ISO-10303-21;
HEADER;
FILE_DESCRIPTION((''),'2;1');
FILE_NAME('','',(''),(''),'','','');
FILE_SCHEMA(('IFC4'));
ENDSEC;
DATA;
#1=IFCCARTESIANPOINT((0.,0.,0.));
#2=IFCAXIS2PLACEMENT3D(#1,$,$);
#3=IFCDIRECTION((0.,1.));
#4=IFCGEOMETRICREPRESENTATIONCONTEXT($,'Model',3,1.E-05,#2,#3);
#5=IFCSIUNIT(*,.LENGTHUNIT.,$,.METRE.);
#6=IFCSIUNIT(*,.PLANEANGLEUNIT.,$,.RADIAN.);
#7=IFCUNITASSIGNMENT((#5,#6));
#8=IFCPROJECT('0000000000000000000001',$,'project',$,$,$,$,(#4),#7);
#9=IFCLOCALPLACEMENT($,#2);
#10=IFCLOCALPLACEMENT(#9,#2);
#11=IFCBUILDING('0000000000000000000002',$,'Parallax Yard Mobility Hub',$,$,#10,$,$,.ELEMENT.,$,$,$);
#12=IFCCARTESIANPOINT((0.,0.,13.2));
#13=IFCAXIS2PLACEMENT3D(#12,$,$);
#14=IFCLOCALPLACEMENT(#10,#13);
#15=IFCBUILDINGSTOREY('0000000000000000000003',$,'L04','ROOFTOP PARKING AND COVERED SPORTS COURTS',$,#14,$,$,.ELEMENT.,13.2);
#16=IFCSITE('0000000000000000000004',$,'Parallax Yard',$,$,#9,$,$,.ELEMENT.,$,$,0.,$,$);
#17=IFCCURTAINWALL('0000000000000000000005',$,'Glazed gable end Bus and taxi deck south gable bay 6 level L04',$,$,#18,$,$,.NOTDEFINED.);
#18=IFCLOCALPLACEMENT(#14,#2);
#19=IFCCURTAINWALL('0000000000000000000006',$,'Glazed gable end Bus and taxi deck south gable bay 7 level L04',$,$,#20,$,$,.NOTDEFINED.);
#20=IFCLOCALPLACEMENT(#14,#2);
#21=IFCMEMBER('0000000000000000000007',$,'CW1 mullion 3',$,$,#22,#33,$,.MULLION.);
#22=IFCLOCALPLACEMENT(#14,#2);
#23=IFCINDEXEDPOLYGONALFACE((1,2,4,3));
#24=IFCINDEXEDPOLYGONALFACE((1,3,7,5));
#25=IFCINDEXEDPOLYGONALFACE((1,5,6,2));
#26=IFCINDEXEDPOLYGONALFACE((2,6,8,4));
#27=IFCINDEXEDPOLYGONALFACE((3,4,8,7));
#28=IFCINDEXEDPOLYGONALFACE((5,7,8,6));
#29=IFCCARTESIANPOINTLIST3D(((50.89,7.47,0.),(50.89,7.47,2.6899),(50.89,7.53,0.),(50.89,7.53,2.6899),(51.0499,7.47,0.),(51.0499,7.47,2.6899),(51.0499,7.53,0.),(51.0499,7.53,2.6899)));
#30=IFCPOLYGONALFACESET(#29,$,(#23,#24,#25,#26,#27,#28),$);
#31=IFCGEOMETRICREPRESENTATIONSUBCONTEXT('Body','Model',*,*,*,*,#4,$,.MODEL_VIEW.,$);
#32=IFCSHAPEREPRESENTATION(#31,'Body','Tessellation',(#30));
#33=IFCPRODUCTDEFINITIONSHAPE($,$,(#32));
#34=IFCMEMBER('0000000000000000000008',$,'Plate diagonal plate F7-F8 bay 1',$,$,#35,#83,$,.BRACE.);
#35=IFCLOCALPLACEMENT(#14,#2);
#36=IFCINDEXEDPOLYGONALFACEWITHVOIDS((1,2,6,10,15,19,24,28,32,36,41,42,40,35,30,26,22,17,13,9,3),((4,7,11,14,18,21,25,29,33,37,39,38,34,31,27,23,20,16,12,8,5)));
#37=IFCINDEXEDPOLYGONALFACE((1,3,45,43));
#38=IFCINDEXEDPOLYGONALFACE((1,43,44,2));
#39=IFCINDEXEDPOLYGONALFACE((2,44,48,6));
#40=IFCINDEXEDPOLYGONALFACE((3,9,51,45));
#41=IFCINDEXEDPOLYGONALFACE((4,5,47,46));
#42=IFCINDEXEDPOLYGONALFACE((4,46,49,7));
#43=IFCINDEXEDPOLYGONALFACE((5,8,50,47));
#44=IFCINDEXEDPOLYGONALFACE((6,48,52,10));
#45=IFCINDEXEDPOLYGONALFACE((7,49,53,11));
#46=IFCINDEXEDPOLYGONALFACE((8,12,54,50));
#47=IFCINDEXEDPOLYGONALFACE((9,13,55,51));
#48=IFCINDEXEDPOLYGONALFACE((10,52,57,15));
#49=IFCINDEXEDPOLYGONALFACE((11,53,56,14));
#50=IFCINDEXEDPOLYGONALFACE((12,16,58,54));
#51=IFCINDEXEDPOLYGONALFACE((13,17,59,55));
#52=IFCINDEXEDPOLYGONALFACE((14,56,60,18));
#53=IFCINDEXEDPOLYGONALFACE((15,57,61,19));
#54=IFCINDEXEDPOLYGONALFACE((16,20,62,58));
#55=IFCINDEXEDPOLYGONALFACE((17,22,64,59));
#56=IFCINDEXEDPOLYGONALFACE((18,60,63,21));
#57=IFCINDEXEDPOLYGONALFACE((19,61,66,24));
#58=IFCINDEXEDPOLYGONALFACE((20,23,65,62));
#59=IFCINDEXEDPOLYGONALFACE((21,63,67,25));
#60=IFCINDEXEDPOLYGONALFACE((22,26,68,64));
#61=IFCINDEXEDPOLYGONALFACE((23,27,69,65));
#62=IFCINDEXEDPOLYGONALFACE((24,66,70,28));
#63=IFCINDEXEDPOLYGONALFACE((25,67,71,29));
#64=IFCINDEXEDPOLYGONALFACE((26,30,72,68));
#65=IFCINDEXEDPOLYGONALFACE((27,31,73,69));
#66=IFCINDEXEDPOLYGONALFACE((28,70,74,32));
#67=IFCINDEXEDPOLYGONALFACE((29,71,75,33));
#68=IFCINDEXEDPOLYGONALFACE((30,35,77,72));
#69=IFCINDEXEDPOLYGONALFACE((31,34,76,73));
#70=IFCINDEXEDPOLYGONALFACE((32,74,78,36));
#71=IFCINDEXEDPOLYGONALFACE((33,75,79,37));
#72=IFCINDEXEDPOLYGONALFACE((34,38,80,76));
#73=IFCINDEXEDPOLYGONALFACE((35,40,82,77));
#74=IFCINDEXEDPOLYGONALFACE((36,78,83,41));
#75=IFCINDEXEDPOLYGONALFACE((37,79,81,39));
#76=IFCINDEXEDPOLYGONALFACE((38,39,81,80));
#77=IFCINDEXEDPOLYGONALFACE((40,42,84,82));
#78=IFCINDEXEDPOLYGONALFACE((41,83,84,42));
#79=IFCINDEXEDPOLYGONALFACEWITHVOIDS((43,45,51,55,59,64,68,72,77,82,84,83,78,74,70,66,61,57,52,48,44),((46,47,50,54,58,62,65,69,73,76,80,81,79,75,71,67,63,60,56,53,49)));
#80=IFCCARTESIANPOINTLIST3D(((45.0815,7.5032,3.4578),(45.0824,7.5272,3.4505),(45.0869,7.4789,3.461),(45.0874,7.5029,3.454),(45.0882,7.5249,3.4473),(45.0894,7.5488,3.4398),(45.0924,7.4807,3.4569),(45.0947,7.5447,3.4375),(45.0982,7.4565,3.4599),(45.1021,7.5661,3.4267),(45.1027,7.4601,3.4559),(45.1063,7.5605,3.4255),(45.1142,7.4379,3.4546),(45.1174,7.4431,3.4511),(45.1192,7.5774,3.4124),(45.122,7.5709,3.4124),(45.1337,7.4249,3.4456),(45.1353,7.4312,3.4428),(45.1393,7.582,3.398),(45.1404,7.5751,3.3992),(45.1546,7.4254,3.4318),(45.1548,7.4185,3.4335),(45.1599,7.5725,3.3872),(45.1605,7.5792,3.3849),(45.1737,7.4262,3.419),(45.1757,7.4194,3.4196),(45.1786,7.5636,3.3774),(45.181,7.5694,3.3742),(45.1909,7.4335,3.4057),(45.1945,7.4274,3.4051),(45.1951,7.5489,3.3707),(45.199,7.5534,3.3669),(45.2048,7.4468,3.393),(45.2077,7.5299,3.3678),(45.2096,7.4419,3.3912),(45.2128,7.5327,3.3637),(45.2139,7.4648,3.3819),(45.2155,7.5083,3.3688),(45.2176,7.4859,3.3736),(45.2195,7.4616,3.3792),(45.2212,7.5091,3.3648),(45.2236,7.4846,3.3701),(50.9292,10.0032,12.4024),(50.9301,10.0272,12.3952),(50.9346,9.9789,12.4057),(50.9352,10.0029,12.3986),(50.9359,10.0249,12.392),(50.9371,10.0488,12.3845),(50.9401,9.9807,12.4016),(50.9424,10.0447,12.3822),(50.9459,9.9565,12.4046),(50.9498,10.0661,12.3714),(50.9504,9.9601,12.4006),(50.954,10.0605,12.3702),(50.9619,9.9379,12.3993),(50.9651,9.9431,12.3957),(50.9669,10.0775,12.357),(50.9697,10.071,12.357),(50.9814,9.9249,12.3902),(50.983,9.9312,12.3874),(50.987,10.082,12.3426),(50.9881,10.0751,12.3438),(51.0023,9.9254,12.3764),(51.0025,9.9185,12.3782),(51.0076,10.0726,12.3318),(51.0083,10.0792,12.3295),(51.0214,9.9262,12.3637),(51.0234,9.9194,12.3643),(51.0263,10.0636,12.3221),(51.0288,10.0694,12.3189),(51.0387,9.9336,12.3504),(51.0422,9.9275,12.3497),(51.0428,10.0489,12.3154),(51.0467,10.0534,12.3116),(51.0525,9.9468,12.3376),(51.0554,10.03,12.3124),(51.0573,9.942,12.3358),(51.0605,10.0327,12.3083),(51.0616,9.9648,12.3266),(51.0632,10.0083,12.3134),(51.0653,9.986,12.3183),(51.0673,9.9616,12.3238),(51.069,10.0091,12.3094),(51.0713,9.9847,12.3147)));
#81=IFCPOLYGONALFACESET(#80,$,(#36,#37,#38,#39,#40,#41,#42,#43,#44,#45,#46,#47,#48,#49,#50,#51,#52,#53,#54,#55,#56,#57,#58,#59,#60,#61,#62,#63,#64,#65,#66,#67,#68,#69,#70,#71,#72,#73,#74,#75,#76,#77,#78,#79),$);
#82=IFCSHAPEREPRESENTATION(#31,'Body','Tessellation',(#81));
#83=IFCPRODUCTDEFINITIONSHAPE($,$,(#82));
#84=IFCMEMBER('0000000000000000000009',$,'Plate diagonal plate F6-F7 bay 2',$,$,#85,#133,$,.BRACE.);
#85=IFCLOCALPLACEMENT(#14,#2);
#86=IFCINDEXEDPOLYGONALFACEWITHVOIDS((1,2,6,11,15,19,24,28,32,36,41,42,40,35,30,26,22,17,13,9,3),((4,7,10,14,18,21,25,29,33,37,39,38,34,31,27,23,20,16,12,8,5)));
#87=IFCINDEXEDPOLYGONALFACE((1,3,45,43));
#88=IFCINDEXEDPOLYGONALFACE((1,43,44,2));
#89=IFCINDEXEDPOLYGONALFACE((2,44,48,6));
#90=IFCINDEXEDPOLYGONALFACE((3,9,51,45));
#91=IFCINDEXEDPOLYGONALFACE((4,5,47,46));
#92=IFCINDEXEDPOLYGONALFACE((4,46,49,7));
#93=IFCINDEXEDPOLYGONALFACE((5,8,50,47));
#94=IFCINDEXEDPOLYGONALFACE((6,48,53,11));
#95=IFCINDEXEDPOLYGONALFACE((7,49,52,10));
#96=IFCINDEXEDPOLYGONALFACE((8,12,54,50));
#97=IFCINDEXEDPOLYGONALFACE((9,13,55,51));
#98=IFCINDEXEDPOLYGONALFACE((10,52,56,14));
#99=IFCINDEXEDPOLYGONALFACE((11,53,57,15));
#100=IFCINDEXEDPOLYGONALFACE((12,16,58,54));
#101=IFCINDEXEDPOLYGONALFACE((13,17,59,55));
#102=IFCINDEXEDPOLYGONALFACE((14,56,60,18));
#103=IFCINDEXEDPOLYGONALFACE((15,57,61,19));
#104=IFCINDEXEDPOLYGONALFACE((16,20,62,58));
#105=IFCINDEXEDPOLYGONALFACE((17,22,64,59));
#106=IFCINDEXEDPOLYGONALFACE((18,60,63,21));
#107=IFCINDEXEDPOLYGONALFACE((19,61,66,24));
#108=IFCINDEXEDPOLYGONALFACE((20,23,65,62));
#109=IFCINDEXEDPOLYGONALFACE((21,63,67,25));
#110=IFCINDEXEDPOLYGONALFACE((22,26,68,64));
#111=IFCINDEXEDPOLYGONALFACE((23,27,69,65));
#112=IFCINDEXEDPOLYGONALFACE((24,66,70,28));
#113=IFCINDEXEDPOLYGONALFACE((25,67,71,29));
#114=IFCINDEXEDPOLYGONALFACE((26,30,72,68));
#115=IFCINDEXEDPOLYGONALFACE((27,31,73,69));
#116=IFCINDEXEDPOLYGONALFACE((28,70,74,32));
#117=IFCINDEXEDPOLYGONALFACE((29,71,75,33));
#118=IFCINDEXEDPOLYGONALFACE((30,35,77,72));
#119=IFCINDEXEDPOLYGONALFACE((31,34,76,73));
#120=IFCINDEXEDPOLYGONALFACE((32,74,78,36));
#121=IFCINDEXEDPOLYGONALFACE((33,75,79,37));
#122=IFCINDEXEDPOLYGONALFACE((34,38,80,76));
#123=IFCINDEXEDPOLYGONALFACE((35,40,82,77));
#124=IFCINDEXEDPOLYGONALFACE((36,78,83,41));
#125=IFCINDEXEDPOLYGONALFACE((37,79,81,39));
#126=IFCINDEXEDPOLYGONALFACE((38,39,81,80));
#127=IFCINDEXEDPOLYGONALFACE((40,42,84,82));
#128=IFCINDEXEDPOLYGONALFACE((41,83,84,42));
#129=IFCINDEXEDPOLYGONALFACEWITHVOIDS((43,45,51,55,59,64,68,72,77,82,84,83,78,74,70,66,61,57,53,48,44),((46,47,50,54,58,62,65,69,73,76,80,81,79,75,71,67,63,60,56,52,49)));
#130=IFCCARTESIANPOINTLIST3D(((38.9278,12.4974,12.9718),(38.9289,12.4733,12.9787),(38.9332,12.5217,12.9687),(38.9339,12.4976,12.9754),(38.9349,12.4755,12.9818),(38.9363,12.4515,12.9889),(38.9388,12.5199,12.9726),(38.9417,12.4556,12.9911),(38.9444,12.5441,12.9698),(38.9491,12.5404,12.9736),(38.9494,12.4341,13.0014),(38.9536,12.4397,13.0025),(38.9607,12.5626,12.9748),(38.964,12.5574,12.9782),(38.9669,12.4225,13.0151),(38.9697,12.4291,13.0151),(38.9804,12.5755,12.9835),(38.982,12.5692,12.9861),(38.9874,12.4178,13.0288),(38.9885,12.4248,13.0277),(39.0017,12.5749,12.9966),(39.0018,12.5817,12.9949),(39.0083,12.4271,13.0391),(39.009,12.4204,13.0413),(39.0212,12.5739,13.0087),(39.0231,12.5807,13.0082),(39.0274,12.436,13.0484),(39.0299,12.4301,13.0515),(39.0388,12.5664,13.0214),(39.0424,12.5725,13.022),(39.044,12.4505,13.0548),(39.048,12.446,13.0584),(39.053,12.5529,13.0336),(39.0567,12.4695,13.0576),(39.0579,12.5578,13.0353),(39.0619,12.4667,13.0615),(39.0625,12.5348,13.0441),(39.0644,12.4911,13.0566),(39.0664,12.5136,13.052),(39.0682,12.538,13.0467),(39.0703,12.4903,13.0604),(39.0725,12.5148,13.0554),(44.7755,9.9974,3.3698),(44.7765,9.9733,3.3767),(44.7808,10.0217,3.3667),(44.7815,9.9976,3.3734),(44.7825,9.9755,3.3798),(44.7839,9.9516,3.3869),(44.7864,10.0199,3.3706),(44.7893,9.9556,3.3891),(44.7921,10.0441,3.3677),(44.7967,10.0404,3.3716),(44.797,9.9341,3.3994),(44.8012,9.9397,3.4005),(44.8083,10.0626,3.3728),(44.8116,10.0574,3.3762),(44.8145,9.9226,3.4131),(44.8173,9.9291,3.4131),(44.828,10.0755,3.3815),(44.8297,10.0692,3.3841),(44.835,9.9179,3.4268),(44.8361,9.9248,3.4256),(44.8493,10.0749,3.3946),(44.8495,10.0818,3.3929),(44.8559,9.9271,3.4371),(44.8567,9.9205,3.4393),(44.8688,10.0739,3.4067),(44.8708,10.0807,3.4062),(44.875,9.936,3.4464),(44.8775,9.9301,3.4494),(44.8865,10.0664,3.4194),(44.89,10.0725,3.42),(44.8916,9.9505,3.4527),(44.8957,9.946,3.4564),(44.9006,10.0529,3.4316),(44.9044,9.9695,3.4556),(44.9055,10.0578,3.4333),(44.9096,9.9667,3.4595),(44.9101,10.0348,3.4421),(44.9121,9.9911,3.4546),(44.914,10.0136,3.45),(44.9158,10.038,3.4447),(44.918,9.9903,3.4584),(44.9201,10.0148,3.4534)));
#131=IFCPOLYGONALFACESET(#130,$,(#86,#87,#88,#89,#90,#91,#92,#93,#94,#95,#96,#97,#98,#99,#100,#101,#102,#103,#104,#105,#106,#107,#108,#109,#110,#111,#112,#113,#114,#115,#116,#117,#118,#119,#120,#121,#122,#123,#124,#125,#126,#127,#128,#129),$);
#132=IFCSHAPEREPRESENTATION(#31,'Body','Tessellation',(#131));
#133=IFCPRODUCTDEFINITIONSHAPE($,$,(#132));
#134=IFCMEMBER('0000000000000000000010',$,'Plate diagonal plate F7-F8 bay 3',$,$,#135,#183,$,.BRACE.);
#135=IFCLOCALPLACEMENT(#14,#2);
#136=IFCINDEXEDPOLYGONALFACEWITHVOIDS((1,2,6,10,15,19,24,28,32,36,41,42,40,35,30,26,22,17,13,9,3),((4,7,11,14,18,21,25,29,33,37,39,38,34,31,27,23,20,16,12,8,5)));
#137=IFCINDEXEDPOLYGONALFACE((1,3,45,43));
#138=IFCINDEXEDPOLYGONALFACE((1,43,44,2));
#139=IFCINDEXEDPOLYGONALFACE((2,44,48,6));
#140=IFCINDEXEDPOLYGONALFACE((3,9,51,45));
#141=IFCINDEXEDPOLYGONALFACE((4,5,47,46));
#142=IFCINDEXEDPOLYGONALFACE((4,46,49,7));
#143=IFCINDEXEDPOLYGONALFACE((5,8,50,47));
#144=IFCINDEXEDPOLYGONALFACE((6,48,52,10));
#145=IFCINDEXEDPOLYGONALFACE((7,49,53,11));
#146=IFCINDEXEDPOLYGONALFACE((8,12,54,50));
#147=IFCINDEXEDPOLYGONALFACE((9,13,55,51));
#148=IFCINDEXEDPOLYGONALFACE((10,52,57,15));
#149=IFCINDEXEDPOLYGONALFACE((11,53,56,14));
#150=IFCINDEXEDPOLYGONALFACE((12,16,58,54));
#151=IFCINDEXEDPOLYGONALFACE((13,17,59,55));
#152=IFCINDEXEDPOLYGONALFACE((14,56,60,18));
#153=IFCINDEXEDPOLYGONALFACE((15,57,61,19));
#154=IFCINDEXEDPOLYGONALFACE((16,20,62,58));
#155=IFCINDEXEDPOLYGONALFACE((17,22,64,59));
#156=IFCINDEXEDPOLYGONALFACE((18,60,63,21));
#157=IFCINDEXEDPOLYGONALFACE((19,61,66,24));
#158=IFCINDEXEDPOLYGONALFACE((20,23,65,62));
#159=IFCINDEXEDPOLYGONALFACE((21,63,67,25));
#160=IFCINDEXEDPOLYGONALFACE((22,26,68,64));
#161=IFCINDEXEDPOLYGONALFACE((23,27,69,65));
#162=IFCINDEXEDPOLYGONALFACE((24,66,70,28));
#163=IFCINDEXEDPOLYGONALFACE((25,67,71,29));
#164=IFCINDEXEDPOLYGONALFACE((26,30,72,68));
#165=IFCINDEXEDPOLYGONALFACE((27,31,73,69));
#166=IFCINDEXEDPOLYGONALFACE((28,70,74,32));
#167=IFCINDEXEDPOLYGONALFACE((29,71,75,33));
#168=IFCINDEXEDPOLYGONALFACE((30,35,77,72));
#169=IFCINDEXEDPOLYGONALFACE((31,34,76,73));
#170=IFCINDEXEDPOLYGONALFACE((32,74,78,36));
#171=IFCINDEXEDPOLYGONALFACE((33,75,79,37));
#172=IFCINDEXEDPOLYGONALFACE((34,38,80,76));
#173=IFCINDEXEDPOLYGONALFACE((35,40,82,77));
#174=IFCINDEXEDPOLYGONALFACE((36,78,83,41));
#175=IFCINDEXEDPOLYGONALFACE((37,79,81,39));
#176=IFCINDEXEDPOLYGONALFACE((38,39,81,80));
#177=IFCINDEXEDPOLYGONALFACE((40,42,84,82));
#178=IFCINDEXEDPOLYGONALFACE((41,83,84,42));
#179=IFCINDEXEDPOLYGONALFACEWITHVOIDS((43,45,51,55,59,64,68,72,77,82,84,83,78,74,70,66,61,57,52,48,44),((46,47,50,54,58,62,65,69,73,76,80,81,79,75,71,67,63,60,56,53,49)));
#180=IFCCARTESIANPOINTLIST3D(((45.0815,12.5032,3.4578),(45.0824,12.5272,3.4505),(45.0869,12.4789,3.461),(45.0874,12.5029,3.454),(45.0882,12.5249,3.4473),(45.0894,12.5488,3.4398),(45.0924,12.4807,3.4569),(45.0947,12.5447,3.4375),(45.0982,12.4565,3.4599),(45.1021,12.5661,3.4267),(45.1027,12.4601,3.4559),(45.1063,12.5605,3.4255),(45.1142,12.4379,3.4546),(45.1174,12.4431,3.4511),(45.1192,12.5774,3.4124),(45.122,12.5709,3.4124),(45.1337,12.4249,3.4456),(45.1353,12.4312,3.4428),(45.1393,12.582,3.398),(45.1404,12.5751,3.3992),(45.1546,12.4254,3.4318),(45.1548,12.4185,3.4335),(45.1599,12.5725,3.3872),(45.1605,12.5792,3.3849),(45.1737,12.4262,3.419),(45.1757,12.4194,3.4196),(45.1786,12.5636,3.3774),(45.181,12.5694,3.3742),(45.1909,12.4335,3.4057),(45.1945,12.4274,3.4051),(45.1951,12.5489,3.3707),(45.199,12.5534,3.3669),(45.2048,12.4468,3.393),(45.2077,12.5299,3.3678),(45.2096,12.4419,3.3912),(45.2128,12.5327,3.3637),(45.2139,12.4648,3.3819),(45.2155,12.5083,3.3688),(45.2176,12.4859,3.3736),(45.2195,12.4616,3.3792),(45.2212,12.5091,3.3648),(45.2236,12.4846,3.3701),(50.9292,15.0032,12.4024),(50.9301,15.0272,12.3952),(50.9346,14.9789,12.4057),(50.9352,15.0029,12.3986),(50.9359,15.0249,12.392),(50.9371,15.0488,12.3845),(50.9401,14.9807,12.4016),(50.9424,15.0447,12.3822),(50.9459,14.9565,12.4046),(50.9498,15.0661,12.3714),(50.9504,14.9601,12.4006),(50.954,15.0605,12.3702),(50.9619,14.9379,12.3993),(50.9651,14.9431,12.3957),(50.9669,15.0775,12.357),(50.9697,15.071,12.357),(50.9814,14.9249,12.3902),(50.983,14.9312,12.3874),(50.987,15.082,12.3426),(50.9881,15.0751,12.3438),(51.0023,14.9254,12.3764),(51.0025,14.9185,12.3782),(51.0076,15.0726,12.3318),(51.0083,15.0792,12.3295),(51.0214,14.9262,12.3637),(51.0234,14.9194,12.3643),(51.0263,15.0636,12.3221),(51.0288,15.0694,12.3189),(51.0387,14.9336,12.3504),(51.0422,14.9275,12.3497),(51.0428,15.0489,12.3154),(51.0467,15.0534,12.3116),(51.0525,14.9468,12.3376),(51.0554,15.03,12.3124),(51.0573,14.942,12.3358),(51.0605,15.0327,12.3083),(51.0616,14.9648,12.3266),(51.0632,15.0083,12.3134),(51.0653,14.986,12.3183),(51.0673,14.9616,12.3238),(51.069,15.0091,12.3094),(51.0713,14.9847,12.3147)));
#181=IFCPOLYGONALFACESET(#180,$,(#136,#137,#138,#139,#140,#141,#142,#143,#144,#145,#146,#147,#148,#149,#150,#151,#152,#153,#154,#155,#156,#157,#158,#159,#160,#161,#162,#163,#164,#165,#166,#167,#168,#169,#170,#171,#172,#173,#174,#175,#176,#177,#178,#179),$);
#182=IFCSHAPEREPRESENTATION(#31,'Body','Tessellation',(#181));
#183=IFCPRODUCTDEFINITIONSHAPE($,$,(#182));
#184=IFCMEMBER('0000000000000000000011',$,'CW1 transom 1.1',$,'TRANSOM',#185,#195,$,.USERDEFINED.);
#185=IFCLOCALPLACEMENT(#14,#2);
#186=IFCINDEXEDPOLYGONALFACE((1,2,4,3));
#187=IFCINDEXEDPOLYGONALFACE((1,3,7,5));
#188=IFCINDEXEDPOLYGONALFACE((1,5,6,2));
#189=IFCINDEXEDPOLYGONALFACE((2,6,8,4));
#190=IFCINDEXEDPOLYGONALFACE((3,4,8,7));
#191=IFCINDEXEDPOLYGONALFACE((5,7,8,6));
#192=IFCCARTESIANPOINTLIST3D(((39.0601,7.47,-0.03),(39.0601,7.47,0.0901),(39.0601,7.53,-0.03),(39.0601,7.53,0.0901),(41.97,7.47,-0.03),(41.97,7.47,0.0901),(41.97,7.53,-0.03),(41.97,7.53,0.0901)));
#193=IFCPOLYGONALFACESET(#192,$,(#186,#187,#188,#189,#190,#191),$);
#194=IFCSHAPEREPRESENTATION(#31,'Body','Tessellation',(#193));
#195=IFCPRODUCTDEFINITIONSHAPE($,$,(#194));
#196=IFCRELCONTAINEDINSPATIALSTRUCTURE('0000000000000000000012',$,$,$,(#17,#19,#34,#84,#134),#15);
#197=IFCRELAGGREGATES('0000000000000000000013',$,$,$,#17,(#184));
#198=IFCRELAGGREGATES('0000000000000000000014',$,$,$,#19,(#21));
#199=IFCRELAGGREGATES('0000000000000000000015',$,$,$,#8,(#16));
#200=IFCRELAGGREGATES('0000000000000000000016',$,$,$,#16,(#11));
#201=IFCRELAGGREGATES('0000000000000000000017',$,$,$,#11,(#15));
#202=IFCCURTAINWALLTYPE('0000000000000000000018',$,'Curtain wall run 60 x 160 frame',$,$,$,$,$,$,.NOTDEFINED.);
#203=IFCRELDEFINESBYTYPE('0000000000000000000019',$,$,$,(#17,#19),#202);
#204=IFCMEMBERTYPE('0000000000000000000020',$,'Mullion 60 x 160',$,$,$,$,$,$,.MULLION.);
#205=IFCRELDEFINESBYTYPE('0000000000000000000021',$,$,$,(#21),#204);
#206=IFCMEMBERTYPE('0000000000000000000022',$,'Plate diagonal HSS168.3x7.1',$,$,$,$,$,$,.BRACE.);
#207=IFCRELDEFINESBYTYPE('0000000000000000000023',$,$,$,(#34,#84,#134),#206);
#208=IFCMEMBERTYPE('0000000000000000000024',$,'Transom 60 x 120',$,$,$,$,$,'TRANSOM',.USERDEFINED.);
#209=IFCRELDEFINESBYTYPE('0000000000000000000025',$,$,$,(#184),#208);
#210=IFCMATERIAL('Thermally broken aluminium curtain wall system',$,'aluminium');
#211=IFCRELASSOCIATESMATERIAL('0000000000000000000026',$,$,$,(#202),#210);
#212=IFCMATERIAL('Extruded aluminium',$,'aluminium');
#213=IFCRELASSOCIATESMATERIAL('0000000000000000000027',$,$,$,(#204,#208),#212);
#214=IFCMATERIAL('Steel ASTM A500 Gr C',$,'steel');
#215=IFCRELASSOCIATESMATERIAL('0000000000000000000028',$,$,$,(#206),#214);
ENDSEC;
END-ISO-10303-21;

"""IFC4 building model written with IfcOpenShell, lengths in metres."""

from ifc_helpers import new_model, si_unit, direction, frame, origin, origin_2d, place, context, subcontext, project, spatial, rectangle, hollow_circle, extrude, material, material_profile, profile_set, type_object, element, aggregate, save


model = new_model("IFC4")

# Units and contexts
model_context = context("Model", 3, precision=1e-05, world=origin(), true_north=direction((0.0, 1.0)))
body_context = subcontext(model_context, "Body", "Model", "MODEL_VIEW")
ifc_project = project(units=[si_unit("LENGTHUNIT", "METRE"), si_unit("PLANEANGLEUNIT", "RADIAN")], contexts=[model_context])

# Site, building, storey
site_placement = place(None, origin())
site = spatial("IfcSite", under=ifc_project, at=site_placement, Name="Parallax Yard", CompositionType="ELEMENT", RefElevation=0.0)
building_placement = place(site_placement, origin())
building = spatial("IfcBuilding", under=site, at=building_placement, Name="Parallax Yard Mobility Hub", CompositionType="ELEMENT")
storey_placement = place(building_placement, frame((0.0, 0.0, 13.2)))
storey = spatial("IfcBuildingStorey", under=building, at=storey_placement, Name="L04", Description="ROOFTOP PARKING AND COVERED SPORTS COURTS", CompositionType="ELEMENT", Elevation=13.2)

# Shared definitions
ifc_material_1 = material(Name="Steel ASTM A500 Gr C", Category="steel")

# Shared definitions
ifc_material_2 = material(Name="Thermally broken aluminium curtain wall system", Category="aluminium")
curtain_wall_type = type_object("IfcCurtainWallType", Name="Curtain wall run 60 x 160 frame", PredefinedType="NOTDEFINED", material=ifc_material_2)
ifc_material_3 = material(Name="Extruded aluminium", Category="aluminium")
ifc_material_profile_1 = material_profile(ifc_material_3, rectangle(XDim=0.0601, YDim=0.1599, at=origin_2d()), Name="Mullion 60 x 160")
ifc_profile_set_1 = profile_set([ifc_material_profile_1], Name="Extruded aluminium")
member_type_1 = type_object("IfcMemberType", Name="Mullion 60 x 160", PredefinedType="MULLION", material=ifc_profile_set_1)

# Curtain walls, member
curtain_wall_1_placement = place(storey_placement, origin())
curtain_wall_1 = element("IfcCurtainWall", 1, at=curtain_wall_1_placement, inside=storey, type_object=curtain_wall_type, Name="Glazed gable end Bus and taxi deck south gable bay 6 level L04", PredefinedType="NOTDEFINED")
curtain_wall_2_placement = place(storey_placement, origin())
curtain_wall_2 = element("IfcCurtainWall", 2, at=curtain_wall_2_placement, inside=storey, type_object=curtain_wall_type, Name="Glazed gable end Bus and taxi deck south gable bay 7 level L04", PredefinedType="NOTDEFINED")
member_1_placement = place(storey_placement, frame((50.97, 7.5, 0.0), z_axis=(0.0, 0.0, 1.0), x_axis=(0.0, 1.0, 0.0)))
member_1 = element("IfcMember", 3, at=member_1_placement, type_object=member_type_1, Name="CW1 mullion 3", PredefinedType="MULLION", context=body_context, shape_type="SweptSolid", body=[
    extrude(rectangle(XDim=0.0601, YDim=0.1599, at=origin_2d()), origin(), (0.0, 0.0, 1.0), 2.6899),
])

# Members
ifc_material_profile_2 = material_profile(ifc_material_1, hollow_circle(Radius=0.0842, WallThickness=0.0071, at=origin_2d()), Name="HSS168.3x7.1")
ifc_profile_set_2 = profile_set([ifc_material_profile_2], Name="Steel ASTM A500 Gr C")
member_type_2 = type_object("IfcMemberType", Name="Plate diagonal HSS168.3x7.1", PredefinedType="BRACE", material=ifc_profile_set_2)
member_2_placement = place(storey_placement, frame((45.1523, 7.5, 3.4124), z_axis=(0.532816, 0.22779, 0.814996), x_axis=(-0.393104, 0.919494, 0.0)))
element("IfcMember", 4, at=member_2_placement, inside=storey, type_object=member_type_2, Name="Plate diagonal plate F7-F8 bay 1", PredefinedType="BRACE", context=body_context, shape_type="SweptSolid", body=[
    extrude(hollow_circle(Radius=0.0842, WallThickness=0.0071, at=origin_2d()), origin(), (0.0, 0.0, 1.0), 10.9751),
])
member_3_placement = place(storey_placement, frame((44.8477, 10.0, 3.4131), z_axis=(-0.507735, 0.217068, 0.833718), x_axis=(-0.393104, -0.919494, 0.0)))
element("IfcMember", 5, at=member_3_placement, inside=storey, type_object=member_type_2, Name="Plate diagonal plate F6-F7 bay 2", PredefinedType="BRACE", context=body_context, shape_type="SweptSolid", body=[
    extrude(hollow_circle(Radius=0.0842, WallThickness=0.0071, at=origin_2d()), origin(), (0.0, 0.0, 1.0), 11.5171),
])
member_4_placement = place(storey_placement, frame((45.1523, 12.5, 3.4124), z_axis=(0.532816, 0.22779, 0.814996), x_axis=(-0.393104, 0.919494, 0.0)))
element("IfcMember", 6, at=member_4_placement, inside=storey, type_object=member_type_2, Name="Plate diagonal plate F7-F8 bay 3", PredefinedType="BRACE", context=body_context, shape_type="SweptSolid", body=[
    extrude(hollow_circle(Radius=0.0842, WallThickness=0.0071, at=origin_2d()), origin(), (0.0, 0.0, 1.0), 10.9751),
])

# Member
ifc_material_profile_3 = material_profile(ifc_material_3, rectangle(XDim=0.0601, YDim=0.1201, at=origin_2d()), Name="Transom 60 x 120")
ifc_profile_set_3 = profile_set([ifc_material_profile_3], Name="Extruded aluminium")
member_type_3 = type_object("IfcMemberType", Name="Transom 60 x 120", ElementType="TRANSOM", PredefinedType="USERDEFINED", material=ifc_profile_set_3)
member_5_placement = place(storey_placement, frame((39.0601, 7.5, 0.03), z_axis=(1.0, 0.0, 0.0), x_axis=(0.0, 1.0, 0.0)))
member_5 = element("IfcMember", 7, at=member_5_placement, type_object=member_type_3, Name="CW1 transom 1.1", ObjectType="TRANSOM", PredefinedType="USERDEFINED", context=body_context, shape_type="SweptSolid", body=[
    extrude(rectangle(XDim=0.0601, YDim=0.1201, at=origin_2d()), origin(), (0.0, 0.0, 1.0), 2.9099),
])

aggregate(curtain_wall_1, [member_5])
aggregate(curtain_wall_2, [member_1])

save(model, "model.ifc")
